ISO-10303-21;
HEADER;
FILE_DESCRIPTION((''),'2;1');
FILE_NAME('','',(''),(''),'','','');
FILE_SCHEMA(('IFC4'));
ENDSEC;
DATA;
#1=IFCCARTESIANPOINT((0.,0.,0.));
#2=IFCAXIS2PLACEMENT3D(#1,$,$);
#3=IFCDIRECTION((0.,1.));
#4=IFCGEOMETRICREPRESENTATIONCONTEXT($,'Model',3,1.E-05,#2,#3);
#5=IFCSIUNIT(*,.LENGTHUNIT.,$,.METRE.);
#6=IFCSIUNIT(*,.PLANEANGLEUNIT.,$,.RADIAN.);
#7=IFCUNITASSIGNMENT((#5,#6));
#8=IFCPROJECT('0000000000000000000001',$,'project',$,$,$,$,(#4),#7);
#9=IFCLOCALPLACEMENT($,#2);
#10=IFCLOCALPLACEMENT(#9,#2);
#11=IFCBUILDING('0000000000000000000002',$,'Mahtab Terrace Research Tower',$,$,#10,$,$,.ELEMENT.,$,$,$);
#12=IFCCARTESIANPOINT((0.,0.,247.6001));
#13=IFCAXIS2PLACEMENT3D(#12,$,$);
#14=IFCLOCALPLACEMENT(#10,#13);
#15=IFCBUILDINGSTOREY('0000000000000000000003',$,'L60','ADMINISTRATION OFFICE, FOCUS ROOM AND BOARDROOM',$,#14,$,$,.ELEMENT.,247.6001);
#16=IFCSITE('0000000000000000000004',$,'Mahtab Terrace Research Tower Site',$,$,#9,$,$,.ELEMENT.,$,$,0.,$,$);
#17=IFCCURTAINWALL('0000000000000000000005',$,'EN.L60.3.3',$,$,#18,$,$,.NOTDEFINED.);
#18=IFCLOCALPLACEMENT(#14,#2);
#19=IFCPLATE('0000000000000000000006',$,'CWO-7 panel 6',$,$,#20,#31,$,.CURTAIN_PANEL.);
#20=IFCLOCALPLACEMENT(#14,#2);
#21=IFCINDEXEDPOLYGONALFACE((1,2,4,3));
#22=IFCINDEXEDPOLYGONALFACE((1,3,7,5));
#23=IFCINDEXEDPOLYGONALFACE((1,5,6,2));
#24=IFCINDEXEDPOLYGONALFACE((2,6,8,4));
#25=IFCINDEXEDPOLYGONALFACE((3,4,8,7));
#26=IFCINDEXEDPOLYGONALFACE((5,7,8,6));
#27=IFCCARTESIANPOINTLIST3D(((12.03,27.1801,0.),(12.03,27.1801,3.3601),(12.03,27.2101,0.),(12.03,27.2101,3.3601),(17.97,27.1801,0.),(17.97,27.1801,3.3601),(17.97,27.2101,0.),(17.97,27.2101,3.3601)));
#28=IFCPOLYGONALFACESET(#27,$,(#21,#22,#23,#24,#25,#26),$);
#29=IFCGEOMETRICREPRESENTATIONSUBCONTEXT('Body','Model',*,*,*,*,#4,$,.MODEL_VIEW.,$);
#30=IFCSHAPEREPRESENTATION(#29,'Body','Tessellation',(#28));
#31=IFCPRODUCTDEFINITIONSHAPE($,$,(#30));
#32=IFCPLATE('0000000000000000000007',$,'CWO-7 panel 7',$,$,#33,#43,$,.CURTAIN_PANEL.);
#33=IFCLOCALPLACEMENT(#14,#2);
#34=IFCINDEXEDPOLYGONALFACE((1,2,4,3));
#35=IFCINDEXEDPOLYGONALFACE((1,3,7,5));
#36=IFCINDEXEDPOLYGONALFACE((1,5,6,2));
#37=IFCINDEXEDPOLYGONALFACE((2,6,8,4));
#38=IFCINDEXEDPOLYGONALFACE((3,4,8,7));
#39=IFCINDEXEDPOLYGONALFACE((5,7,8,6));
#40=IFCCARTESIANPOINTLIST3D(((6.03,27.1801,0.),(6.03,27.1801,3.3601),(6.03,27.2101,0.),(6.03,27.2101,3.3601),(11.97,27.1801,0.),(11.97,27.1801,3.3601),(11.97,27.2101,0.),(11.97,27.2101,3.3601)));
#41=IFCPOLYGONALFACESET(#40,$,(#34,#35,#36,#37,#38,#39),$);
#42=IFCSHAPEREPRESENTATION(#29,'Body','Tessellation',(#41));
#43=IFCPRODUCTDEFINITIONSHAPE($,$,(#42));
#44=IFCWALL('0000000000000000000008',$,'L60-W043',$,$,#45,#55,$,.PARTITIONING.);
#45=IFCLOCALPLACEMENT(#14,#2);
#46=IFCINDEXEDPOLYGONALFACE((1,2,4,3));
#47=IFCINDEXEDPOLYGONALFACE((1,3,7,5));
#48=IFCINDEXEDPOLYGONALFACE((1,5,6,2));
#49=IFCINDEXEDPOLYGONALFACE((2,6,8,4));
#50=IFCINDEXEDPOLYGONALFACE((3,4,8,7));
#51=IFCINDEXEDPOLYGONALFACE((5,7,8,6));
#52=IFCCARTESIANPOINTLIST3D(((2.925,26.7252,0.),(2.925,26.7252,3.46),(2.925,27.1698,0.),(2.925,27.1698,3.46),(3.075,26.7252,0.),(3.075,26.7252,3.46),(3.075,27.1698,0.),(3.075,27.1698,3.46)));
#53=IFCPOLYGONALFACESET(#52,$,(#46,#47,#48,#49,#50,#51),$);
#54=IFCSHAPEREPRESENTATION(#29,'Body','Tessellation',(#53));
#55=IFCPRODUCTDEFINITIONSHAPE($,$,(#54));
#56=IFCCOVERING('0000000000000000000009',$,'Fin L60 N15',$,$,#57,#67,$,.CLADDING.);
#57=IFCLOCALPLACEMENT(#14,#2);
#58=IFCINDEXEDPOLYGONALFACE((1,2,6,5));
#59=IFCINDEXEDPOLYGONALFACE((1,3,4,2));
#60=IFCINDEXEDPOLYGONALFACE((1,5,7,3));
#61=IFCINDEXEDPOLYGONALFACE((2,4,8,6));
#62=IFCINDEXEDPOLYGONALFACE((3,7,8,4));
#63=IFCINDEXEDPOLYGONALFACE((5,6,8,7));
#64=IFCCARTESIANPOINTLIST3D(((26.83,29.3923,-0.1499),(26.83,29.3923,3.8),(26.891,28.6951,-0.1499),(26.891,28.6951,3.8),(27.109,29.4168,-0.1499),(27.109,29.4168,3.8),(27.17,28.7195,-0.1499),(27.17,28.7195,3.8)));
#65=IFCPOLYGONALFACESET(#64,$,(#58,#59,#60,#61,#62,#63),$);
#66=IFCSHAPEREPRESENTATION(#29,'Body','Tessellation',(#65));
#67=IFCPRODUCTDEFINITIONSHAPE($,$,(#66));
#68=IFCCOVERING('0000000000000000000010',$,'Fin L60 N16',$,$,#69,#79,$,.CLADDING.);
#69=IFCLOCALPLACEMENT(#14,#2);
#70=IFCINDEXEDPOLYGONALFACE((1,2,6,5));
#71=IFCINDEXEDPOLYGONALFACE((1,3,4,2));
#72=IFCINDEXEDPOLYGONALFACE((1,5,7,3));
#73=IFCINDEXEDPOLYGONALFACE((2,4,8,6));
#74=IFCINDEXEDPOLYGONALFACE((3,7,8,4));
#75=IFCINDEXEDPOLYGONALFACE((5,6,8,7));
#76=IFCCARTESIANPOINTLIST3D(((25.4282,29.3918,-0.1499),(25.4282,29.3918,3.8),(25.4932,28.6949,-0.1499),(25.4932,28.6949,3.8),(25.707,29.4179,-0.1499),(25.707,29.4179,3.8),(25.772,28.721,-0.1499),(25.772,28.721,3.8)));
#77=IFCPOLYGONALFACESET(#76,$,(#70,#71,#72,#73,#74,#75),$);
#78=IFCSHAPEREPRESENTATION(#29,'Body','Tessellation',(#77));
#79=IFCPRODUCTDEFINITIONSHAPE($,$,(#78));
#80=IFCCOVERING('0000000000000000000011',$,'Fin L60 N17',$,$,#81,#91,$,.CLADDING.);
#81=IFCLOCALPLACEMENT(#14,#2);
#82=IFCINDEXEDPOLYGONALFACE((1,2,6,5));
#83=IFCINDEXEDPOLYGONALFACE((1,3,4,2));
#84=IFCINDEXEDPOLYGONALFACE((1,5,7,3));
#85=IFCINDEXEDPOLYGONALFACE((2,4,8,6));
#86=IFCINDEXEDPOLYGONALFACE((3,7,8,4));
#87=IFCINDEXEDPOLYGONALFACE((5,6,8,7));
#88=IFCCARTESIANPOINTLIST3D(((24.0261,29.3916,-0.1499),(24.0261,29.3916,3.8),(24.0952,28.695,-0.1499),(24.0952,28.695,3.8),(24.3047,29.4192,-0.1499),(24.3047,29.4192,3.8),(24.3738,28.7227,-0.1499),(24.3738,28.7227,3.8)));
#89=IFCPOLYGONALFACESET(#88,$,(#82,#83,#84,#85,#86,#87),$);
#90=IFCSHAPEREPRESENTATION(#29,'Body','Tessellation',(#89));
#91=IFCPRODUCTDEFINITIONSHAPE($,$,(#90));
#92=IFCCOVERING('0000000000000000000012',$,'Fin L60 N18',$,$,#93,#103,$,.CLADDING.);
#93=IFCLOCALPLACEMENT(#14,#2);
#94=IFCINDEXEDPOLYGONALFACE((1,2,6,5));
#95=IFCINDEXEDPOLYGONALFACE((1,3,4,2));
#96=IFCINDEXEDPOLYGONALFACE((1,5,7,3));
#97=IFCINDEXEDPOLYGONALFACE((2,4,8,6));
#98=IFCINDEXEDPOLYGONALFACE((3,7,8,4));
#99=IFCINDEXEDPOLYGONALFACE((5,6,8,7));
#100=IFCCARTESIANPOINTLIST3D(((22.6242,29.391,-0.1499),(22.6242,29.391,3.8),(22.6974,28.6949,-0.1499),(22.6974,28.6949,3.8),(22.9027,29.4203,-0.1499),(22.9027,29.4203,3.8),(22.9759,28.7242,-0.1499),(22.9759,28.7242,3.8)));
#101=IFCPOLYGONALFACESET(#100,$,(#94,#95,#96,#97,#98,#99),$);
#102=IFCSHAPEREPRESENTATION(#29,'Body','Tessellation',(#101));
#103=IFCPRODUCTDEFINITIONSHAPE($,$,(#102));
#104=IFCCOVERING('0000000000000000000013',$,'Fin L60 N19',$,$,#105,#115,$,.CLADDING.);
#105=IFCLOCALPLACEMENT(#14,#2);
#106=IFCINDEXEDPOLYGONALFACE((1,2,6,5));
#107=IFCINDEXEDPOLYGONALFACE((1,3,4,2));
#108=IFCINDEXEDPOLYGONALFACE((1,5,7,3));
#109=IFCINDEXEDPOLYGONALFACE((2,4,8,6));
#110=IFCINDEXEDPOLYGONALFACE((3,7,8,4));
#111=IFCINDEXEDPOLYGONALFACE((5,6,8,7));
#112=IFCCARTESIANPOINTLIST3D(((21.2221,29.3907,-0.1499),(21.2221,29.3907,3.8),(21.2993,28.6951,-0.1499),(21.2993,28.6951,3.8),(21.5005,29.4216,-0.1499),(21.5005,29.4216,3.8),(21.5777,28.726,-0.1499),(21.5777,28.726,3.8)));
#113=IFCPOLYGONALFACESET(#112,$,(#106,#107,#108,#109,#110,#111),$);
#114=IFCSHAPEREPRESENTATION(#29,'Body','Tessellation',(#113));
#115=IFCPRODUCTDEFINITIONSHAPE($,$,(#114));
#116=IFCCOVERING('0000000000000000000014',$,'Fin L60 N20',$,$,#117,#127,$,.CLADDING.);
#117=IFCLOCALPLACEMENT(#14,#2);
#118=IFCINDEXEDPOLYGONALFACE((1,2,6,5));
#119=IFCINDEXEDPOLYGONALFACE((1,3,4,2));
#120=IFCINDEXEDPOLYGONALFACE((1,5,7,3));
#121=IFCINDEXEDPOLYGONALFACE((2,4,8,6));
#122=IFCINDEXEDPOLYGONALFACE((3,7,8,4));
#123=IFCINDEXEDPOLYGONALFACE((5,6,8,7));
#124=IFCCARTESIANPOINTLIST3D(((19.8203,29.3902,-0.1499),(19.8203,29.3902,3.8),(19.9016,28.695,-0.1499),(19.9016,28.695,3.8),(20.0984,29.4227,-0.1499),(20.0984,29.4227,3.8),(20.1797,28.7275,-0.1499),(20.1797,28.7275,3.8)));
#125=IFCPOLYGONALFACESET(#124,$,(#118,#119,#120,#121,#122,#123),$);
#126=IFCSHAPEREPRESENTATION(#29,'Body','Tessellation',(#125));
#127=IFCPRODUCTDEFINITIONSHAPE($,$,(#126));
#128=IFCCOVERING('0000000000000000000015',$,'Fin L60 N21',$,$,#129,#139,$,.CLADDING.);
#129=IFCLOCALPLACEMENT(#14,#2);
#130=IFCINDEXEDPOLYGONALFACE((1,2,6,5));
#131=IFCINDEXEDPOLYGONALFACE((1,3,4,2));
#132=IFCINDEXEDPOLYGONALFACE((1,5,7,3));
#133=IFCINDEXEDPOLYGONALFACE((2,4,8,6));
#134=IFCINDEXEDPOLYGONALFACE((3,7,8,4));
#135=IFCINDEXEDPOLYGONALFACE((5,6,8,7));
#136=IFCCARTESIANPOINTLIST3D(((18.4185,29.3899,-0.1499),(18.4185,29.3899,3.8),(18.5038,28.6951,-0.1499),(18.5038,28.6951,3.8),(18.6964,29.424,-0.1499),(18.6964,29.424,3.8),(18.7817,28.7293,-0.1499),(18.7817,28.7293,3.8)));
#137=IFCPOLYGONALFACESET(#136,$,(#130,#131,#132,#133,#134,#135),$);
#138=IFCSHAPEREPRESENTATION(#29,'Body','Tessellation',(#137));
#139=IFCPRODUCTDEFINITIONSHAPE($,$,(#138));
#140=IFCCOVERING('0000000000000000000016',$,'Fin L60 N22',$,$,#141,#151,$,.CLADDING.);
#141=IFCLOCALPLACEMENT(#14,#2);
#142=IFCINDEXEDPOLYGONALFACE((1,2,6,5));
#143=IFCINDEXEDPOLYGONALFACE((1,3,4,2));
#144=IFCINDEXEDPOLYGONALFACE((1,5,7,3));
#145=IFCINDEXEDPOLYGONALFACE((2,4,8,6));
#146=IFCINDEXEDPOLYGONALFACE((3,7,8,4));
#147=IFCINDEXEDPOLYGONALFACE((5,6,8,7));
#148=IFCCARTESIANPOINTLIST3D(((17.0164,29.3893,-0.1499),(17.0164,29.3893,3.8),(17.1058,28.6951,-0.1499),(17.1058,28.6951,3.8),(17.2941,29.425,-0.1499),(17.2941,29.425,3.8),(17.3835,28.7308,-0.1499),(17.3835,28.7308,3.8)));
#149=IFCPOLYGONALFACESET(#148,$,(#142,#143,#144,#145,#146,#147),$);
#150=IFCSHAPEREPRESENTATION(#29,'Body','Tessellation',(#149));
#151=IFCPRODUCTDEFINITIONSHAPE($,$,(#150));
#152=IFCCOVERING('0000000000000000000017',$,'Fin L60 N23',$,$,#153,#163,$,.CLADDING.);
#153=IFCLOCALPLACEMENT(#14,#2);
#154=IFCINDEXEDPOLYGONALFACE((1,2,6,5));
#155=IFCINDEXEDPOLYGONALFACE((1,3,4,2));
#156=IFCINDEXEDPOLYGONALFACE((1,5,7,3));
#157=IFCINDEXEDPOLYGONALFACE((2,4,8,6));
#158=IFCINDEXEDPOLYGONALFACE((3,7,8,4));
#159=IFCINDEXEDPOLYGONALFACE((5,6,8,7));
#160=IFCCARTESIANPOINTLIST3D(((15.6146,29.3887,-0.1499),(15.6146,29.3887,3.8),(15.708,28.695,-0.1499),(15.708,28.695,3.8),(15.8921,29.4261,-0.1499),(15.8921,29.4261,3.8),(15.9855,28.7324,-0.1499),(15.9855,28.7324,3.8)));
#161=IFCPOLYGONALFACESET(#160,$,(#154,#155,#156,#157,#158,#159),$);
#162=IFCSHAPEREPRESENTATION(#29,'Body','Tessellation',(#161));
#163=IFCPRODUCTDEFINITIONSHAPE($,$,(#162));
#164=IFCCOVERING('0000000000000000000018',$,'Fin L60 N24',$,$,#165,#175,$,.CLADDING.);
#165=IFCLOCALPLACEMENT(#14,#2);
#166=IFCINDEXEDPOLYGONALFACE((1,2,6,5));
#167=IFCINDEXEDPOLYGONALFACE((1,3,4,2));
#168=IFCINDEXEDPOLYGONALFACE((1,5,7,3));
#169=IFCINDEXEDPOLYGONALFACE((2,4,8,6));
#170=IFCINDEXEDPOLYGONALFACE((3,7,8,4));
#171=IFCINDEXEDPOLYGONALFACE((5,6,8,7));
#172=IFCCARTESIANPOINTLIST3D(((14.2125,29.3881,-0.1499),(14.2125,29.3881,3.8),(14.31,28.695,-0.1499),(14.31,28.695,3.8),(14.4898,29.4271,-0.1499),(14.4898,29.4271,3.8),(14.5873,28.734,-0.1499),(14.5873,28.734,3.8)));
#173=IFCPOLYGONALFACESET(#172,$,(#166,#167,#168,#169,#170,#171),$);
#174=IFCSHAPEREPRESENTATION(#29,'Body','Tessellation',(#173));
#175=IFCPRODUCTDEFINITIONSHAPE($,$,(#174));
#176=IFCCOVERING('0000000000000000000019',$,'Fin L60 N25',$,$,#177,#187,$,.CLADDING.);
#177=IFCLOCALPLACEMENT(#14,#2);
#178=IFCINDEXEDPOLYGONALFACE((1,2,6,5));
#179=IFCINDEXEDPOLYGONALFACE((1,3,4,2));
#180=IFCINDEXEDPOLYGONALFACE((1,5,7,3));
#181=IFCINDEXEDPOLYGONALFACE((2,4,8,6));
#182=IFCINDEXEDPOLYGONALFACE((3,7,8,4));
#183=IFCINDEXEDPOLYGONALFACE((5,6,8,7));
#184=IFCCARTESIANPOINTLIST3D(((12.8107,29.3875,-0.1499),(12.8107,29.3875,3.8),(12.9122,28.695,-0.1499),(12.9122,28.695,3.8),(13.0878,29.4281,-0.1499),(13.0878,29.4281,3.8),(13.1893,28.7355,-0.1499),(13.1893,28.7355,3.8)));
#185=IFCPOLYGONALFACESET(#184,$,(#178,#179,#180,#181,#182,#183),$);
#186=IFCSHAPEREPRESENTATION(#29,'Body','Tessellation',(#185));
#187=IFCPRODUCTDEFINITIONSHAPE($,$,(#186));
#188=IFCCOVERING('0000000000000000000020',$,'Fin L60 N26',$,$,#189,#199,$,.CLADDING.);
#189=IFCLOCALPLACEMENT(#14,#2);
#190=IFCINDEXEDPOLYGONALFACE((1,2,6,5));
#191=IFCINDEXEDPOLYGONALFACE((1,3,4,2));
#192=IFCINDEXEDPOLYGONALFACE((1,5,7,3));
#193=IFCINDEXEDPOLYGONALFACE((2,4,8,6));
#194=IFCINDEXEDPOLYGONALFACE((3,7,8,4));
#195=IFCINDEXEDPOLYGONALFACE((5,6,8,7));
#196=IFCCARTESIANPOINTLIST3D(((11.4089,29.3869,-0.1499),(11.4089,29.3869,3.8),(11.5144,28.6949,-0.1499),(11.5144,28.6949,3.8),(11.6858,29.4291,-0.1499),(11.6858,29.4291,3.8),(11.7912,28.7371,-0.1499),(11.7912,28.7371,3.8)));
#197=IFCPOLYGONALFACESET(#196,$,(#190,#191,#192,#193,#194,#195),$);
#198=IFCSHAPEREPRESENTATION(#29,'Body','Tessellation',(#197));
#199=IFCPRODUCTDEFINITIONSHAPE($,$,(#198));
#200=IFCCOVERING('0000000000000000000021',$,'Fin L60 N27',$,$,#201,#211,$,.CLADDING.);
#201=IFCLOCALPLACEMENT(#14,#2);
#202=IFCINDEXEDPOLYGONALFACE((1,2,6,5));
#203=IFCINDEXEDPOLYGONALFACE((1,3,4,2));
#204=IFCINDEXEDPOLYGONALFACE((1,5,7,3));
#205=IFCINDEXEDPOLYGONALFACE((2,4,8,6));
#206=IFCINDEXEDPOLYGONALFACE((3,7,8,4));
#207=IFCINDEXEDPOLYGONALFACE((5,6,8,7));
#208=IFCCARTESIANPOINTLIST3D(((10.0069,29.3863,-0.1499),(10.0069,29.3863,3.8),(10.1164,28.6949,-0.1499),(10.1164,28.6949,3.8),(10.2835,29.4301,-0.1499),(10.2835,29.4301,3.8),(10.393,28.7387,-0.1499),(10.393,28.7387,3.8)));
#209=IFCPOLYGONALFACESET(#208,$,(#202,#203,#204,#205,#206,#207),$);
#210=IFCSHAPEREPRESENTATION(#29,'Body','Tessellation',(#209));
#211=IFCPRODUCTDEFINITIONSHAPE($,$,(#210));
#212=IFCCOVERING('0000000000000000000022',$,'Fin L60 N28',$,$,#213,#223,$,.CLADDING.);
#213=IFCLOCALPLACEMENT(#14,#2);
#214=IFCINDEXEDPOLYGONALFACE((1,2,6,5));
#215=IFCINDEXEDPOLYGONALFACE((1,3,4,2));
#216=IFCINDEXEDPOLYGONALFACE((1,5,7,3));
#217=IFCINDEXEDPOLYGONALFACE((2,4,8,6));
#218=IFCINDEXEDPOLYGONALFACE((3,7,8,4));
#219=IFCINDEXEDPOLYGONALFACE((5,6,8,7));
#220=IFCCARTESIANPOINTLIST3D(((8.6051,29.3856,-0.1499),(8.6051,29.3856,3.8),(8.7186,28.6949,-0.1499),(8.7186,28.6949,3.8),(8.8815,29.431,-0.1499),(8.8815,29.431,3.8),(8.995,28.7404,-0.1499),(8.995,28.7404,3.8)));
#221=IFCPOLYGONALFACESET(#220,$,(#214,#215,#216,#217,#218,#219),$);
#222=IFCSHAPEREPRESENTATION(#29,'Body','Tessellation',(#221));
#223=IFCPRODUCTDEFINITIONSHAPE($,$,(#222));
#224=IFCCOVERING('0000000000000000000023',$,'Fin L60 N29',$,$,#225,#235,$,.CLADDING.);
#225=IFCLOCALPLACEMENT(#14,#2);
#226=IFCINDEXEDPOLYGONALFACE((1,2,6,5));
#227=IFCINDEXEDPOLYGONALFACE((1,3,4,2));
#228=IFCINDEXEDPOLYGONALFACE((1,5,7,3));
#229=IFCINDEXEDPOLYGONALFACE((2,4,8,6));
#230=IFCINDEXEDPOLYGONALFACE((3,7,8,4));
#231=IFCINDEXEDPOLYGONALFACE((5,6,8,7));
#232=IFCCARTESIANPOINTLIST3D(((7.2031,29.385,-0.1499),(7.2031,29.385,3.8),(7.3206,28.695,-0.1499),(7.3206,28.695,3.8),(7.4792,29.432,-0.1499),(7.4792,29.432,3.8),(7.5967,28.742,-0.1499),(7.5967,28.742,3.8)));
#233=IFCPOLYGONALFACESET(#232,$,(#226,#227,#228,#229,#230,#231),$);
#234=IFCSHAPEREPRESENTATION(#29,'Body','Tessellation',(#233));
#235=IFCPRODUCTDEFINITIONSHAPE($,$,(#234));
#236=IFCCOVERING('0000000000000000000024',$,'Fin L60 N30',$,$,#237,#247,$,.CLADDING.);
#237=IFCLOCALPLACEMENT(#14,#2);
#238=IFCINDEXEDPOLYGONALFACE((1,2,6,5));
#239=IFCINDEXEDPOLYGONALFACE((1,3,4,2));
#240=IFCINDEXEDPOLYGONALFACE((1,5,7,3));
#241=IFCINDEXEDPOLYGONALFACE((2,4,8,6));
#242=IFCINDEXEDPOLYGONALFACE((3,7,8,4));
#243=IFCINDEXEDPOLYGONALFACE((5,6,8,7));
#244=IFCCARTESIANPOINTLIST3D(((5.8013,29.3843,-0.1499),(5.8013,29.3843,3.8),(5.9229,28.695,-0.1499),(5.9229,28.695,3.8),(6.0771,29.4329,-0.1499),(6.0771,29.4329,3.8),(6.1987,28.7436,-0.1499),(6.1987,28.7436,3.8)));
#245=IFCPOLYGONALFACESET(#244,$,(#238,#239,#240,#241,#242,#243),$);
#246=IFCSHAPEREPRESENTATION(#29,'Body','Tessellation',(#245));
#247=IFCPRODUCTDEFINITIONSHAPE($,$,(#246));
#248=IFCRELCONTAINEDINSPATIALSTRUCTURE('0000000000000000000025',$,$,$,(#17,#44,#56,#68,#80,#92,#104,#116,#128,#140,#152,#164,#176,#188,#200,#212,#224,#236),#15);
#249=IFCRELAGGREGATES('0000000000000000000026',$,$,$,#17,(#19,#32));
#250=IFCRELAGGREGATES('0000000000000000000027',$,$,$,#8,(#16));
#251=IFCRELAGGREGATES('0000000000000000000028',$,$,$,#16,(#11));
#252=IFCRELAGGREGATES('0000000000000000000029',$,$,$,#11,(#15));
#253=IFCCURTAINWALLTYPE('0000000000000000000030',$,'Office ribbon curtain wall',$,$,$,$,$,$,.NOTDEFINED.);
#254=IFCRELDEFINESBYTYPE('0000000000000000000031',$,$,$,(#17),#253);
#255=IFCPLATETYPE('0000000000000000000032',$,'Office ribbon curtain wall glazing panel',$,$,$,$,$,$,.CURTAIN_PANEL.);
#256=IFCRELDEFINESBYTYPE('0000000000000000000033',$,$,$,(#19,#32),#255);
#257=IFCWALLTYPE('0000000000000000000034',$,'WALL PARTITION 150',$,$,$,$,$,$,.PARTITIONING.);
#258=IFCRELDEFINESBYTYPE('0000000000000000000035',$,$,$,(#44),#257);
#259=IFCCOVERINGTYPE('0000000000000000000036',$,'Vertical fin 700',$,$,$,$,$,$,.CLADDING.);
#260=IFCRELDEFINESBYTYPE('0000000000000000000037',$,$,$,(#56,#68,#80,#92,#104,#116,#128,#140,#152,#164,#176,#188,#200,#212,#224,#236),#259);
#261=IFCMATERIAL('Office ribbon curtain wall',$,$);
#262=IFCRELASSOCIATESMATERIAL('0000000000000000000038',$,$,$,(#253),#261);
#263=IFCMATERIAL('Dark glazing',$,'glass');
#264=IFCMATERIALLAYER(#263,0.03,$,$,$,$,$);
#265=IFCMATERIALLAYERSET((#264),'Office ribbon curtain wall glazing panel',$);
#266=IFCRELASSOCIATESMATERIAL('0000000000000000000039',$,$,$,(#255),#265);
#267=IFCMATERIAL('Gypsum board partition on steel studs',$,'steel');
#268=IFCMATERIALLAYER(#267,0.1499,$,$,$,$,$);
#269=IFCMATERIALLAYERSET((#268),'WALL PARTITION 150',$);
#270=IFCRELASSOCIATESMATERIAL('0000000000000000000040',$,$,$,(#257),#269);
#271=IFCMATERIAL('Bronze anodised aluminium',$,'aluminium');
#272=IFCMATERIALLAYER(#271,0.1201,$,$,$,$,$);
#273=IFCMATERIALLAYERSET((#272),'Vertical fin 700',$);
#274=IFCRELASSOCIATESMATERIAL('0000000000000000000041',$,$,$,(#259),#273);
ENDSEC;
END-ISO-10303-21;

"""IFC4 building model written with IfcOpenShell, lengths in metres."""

from ifc_helpers import new_model, si_unit, direction, frame, frame_2d, origin, origin_2d, place, context, subcontext, project, spatial, rectangle, extrude, material, layer, layer_set, type_object, element, aggregate, save


model = new_model("IFC4")

# Units and contexts
model_context = context("Model", 3, precision=1e-05, world=origin(), true_north=direction((0.0, 1.0)))
body_context = subcontext(model_context, "Body", "Model", "MODEL_VIEW")
ifc_project = project(units=[si_unit("LENGTHUNIT", "METRE"), si_unit("PLANEANGLEUNIT", "RADIAN")], contexts=[model_context])

# Site, building, storey
site_placement = place(None, origin())
site = spatial("IfcSite", under=ifc_project, at=site_placement, Name="Mahtab Terrace Research Tower Site", CompositionType="ELEMENT", RefElevation=0.0)
building_placement = place(site_placement, origin())
building = spatial("IfcBuilding", under=site, at=building_placement, Name="Mahtab Terrace Research Tower", CompositionType="ELEMENT")
storey_placement = place(building_placement, frame((0.0, 0.0, 247.6001)))
storey = spatial("IfcBuildingStorey", under=building, at=storey_placement, Name="L60", Description="ADMINISTRATION OFFICE, FOCUS ROOM AND BOARDROOM", CompositionType="ELEMENT", Elevation=247.6001)

# Curtain wall
ifc_material_1 = material(Name="Office ribbon curtain wall")
curtain_wall_type = type_object("IfcCurtainWallType", Name="Office ribbon curtain wall", PredefinedType="NOTDEFINED", material=ifc_material_1)
curtain_wall_placement = place(storey_placement, origin())
curtain_wall = element("IfcCurtainWall", 1, at=curtain_wall_placement, inside=storey, type_object=curtain_wall_type, Name="EN.L60.3.3", PredefinedType="NOTDEFINED")

# Plates
ifc_material_2 = material(Name="Dark glazing", Category="glass")
ifc_layer_1 = layer(ifc_material_2, 0.03)
ifc_layer_set_1 = layer_set([ifc_layer_1], Name="Office ribbon curtain wall glazing panel")
plate_type = type_object("IfcPlateType", Name="Office ribbon curtain wall glazing panel", PredefinedType="CURTAIN_PANEL", material=ifc_layer_set_1)
plate_1_placement = place(storey_placement, frame((15.0, 27.1951, 0.0), z_axis=(0.0, 0.0, 1.0), x_axis=(-1.0, 0.0, 0.0)))
plate_1 = element("IfcPlate", 2, at=plate_1_placement, type_object=plate_type, Name="CWO-7 panel 6", PredefinedType="CURTAIN_PANEL", context=body_context, shape_type="SweptSolid", body=[
    extrude(rectangle(XDim=5.9399, YDim=0.03, at=origin_2d()), origin(), (0.0, 0.0, 1.0), 3.3601),
])
plate_2_placement = place(storey_placement, frame((9.0, 27.1951, 0.0), z_axis=(0.0, 0.0, 1.0), x_axis=(-1.0, 0.0, 0.0)))
plate_2 = element("IfcPlate", 3, at=plate_2_placement, type_object=plate_type, Name="CWO-7 panel 7", PredefinedType="CURTAIN_PANEL", context=body_context, shape_type="SweptSolid", body=[
    extrude(rectangle(XDim=5.9399, YDim=0.03, at=origin_2d()), origin(), (0.0, 0.0, 1.0), 3.3601),
])
aggregate(curtain_wall, [plate_1, plate_2])

# Wall
ifc_material_3 = material(Name="Gypsum board partition on steel studs", Category="steel")
ifc_layer_2 = layer(ifc_material_3, 0.1499)
ifc_layer_set_2 = layer_set([ifc_layer_2], Name="WALL PARTITION 150")
wall_type = type_object("IfcWallType", Name="WALL PARTITION 150", PredefinedType="PARTITIONING", material=ifc_layer_set_2)
wall_placement = place(storey_placement, frame((3.0, 26.7253, 0.0), z_axis=(0.0, 0.0, 1.0), x_axis=(0.0, 1.0, 0.0)))
element("IfcWall", 4, at=wall_placement, inside=storey, type_object=wall_type, Name="L60-W043", PredefinedType="PARTITIONING", context=body_context, shape_type="SweptSolid", body=[
    extrude(rectangle(XDim=0.4446, YDim=0.1499, at=frame_2d((0.2222, 0.0))), origin(), (0.0, 0.0, 1.0), 3.46),
])

# Coverings
ifc_material_4 = material(Name="Bronze anodised aluminium", Category="aluminium")
ifc_layer_3 = layer(ifc_material_4, 0.1201)
ifc_layer_set_3 = layer_set([ifc_layer_3], Name="Vertical fin 700")
covering_type = type_object("IfcCoveringType", Name="Vertical fin 700", PredefinedType="CLADDING", material=ifc_layer_set_3)
for number, where, z_axis, x_axis, name in (
    (5, (27.0, 29.0559, -0.1499), (0.0, 0.0, 1.0), (-0.996195, -0.087156, 0.0), "Fin L60 N15"),
    (6, (25.6001, 29.0564, -0.1499), (0.0, 0.0, 1.0), (-0.995671, -0.09295, 0.0), "Fin L60 N16"),
    (7, (24.2, 29.0571, -0.1499), (0.0, 0.0, 1.0), (-0.995113, -0.098741, 0.0), "Fin L60 N17"),
    (8, (22.8, 29.0576, -0.1499), (0.0, 0.0, 1.0), (-0.994522, -0.104528, 0.0), "Fin L60 N18"),
    (9, (21.3999, 29.0583, -0.1499), (0.0, 0.0, 1.0), (-0.993897, -0.110313, 0.0), "Fin L60 N19"),
    (10, (20.0, 29.0588, -0.1499), (0.0, 0.0, 1.0), (-0.993238, -0.116093, 0.0), "Fin L60 N20"),
    (11, (18.6001, 29.0596, -0.1499), (0.0, 0.0, 1.0), (-0.992546, -0.121869, 0.0), "Fin L60 N21"),
    (12, (17.2, 29.0601, -0.1499), (0.0, 0.0, 1.0), (-0.99182, -0.127642, 0.0), "Fin L60 N22"),
    (13, (15.8, 29.0605, -0.1499), (0.0, 0.0, 1.0), (-0.991061, -0.13341, 0.0), "Fin L60 N23"),
    (14, (14.3999, 29.061, -0.1499), (0.0, 0.0, 1.0), (-0.990268, -0.139173, 0.0), "Fin L60 N24"),
    (15, (13.0, 29.0615, -0.1499), (0.0, 0.0, 1.0), (-0.989442, -0.144932, 0.0), "Fin L60 N25"),
    (16, (11.6001, 29.062, -0.1499), (0.0, 0.0, 1.0), (-0.988582, -0.150686, 0.0), "Fin L60 N26"),
    (17, (10.2, 29.0625, -0.1499), (0.0, 0.0, 1.0), (-0.987688, -0.156434, 0.0), "Fin L60 N27"),
    (18, (8.8, 29.063, -0.1499), (0.0, 0.0, 1.0), (-0.986762, -0.162178, 0.0), "Fin L60 N28"),
    (19, (7.3999, 29.0635, -0.1499), (0.0, 0.0, 1.0), (-0.985801, -0.167916, 0.0), "Fin L60 N29"),
    (20, (6.0, 29.064, -0.1499), (0.0, 0.0, 1.0), (-0.984808, -0.173648, 0.0), "Fin L60 N30"),
):
    element("IfcCovering", number, at=place(storey_placement, frame(where, z_axis=z_axis, x_axis=x_axis)), inside=storey, type_object=covering_type, Name=name, PredefinedType="CLADDING", context=body_context, shape_type="SweptSolid", body=[
        extrude(rectangle(XDim=0.28, YDim=0.7, at=origin_2d()), origin(), (0.0, 0.0, 1.0), 3.95),
    ])

save(model, "model.ifc")
